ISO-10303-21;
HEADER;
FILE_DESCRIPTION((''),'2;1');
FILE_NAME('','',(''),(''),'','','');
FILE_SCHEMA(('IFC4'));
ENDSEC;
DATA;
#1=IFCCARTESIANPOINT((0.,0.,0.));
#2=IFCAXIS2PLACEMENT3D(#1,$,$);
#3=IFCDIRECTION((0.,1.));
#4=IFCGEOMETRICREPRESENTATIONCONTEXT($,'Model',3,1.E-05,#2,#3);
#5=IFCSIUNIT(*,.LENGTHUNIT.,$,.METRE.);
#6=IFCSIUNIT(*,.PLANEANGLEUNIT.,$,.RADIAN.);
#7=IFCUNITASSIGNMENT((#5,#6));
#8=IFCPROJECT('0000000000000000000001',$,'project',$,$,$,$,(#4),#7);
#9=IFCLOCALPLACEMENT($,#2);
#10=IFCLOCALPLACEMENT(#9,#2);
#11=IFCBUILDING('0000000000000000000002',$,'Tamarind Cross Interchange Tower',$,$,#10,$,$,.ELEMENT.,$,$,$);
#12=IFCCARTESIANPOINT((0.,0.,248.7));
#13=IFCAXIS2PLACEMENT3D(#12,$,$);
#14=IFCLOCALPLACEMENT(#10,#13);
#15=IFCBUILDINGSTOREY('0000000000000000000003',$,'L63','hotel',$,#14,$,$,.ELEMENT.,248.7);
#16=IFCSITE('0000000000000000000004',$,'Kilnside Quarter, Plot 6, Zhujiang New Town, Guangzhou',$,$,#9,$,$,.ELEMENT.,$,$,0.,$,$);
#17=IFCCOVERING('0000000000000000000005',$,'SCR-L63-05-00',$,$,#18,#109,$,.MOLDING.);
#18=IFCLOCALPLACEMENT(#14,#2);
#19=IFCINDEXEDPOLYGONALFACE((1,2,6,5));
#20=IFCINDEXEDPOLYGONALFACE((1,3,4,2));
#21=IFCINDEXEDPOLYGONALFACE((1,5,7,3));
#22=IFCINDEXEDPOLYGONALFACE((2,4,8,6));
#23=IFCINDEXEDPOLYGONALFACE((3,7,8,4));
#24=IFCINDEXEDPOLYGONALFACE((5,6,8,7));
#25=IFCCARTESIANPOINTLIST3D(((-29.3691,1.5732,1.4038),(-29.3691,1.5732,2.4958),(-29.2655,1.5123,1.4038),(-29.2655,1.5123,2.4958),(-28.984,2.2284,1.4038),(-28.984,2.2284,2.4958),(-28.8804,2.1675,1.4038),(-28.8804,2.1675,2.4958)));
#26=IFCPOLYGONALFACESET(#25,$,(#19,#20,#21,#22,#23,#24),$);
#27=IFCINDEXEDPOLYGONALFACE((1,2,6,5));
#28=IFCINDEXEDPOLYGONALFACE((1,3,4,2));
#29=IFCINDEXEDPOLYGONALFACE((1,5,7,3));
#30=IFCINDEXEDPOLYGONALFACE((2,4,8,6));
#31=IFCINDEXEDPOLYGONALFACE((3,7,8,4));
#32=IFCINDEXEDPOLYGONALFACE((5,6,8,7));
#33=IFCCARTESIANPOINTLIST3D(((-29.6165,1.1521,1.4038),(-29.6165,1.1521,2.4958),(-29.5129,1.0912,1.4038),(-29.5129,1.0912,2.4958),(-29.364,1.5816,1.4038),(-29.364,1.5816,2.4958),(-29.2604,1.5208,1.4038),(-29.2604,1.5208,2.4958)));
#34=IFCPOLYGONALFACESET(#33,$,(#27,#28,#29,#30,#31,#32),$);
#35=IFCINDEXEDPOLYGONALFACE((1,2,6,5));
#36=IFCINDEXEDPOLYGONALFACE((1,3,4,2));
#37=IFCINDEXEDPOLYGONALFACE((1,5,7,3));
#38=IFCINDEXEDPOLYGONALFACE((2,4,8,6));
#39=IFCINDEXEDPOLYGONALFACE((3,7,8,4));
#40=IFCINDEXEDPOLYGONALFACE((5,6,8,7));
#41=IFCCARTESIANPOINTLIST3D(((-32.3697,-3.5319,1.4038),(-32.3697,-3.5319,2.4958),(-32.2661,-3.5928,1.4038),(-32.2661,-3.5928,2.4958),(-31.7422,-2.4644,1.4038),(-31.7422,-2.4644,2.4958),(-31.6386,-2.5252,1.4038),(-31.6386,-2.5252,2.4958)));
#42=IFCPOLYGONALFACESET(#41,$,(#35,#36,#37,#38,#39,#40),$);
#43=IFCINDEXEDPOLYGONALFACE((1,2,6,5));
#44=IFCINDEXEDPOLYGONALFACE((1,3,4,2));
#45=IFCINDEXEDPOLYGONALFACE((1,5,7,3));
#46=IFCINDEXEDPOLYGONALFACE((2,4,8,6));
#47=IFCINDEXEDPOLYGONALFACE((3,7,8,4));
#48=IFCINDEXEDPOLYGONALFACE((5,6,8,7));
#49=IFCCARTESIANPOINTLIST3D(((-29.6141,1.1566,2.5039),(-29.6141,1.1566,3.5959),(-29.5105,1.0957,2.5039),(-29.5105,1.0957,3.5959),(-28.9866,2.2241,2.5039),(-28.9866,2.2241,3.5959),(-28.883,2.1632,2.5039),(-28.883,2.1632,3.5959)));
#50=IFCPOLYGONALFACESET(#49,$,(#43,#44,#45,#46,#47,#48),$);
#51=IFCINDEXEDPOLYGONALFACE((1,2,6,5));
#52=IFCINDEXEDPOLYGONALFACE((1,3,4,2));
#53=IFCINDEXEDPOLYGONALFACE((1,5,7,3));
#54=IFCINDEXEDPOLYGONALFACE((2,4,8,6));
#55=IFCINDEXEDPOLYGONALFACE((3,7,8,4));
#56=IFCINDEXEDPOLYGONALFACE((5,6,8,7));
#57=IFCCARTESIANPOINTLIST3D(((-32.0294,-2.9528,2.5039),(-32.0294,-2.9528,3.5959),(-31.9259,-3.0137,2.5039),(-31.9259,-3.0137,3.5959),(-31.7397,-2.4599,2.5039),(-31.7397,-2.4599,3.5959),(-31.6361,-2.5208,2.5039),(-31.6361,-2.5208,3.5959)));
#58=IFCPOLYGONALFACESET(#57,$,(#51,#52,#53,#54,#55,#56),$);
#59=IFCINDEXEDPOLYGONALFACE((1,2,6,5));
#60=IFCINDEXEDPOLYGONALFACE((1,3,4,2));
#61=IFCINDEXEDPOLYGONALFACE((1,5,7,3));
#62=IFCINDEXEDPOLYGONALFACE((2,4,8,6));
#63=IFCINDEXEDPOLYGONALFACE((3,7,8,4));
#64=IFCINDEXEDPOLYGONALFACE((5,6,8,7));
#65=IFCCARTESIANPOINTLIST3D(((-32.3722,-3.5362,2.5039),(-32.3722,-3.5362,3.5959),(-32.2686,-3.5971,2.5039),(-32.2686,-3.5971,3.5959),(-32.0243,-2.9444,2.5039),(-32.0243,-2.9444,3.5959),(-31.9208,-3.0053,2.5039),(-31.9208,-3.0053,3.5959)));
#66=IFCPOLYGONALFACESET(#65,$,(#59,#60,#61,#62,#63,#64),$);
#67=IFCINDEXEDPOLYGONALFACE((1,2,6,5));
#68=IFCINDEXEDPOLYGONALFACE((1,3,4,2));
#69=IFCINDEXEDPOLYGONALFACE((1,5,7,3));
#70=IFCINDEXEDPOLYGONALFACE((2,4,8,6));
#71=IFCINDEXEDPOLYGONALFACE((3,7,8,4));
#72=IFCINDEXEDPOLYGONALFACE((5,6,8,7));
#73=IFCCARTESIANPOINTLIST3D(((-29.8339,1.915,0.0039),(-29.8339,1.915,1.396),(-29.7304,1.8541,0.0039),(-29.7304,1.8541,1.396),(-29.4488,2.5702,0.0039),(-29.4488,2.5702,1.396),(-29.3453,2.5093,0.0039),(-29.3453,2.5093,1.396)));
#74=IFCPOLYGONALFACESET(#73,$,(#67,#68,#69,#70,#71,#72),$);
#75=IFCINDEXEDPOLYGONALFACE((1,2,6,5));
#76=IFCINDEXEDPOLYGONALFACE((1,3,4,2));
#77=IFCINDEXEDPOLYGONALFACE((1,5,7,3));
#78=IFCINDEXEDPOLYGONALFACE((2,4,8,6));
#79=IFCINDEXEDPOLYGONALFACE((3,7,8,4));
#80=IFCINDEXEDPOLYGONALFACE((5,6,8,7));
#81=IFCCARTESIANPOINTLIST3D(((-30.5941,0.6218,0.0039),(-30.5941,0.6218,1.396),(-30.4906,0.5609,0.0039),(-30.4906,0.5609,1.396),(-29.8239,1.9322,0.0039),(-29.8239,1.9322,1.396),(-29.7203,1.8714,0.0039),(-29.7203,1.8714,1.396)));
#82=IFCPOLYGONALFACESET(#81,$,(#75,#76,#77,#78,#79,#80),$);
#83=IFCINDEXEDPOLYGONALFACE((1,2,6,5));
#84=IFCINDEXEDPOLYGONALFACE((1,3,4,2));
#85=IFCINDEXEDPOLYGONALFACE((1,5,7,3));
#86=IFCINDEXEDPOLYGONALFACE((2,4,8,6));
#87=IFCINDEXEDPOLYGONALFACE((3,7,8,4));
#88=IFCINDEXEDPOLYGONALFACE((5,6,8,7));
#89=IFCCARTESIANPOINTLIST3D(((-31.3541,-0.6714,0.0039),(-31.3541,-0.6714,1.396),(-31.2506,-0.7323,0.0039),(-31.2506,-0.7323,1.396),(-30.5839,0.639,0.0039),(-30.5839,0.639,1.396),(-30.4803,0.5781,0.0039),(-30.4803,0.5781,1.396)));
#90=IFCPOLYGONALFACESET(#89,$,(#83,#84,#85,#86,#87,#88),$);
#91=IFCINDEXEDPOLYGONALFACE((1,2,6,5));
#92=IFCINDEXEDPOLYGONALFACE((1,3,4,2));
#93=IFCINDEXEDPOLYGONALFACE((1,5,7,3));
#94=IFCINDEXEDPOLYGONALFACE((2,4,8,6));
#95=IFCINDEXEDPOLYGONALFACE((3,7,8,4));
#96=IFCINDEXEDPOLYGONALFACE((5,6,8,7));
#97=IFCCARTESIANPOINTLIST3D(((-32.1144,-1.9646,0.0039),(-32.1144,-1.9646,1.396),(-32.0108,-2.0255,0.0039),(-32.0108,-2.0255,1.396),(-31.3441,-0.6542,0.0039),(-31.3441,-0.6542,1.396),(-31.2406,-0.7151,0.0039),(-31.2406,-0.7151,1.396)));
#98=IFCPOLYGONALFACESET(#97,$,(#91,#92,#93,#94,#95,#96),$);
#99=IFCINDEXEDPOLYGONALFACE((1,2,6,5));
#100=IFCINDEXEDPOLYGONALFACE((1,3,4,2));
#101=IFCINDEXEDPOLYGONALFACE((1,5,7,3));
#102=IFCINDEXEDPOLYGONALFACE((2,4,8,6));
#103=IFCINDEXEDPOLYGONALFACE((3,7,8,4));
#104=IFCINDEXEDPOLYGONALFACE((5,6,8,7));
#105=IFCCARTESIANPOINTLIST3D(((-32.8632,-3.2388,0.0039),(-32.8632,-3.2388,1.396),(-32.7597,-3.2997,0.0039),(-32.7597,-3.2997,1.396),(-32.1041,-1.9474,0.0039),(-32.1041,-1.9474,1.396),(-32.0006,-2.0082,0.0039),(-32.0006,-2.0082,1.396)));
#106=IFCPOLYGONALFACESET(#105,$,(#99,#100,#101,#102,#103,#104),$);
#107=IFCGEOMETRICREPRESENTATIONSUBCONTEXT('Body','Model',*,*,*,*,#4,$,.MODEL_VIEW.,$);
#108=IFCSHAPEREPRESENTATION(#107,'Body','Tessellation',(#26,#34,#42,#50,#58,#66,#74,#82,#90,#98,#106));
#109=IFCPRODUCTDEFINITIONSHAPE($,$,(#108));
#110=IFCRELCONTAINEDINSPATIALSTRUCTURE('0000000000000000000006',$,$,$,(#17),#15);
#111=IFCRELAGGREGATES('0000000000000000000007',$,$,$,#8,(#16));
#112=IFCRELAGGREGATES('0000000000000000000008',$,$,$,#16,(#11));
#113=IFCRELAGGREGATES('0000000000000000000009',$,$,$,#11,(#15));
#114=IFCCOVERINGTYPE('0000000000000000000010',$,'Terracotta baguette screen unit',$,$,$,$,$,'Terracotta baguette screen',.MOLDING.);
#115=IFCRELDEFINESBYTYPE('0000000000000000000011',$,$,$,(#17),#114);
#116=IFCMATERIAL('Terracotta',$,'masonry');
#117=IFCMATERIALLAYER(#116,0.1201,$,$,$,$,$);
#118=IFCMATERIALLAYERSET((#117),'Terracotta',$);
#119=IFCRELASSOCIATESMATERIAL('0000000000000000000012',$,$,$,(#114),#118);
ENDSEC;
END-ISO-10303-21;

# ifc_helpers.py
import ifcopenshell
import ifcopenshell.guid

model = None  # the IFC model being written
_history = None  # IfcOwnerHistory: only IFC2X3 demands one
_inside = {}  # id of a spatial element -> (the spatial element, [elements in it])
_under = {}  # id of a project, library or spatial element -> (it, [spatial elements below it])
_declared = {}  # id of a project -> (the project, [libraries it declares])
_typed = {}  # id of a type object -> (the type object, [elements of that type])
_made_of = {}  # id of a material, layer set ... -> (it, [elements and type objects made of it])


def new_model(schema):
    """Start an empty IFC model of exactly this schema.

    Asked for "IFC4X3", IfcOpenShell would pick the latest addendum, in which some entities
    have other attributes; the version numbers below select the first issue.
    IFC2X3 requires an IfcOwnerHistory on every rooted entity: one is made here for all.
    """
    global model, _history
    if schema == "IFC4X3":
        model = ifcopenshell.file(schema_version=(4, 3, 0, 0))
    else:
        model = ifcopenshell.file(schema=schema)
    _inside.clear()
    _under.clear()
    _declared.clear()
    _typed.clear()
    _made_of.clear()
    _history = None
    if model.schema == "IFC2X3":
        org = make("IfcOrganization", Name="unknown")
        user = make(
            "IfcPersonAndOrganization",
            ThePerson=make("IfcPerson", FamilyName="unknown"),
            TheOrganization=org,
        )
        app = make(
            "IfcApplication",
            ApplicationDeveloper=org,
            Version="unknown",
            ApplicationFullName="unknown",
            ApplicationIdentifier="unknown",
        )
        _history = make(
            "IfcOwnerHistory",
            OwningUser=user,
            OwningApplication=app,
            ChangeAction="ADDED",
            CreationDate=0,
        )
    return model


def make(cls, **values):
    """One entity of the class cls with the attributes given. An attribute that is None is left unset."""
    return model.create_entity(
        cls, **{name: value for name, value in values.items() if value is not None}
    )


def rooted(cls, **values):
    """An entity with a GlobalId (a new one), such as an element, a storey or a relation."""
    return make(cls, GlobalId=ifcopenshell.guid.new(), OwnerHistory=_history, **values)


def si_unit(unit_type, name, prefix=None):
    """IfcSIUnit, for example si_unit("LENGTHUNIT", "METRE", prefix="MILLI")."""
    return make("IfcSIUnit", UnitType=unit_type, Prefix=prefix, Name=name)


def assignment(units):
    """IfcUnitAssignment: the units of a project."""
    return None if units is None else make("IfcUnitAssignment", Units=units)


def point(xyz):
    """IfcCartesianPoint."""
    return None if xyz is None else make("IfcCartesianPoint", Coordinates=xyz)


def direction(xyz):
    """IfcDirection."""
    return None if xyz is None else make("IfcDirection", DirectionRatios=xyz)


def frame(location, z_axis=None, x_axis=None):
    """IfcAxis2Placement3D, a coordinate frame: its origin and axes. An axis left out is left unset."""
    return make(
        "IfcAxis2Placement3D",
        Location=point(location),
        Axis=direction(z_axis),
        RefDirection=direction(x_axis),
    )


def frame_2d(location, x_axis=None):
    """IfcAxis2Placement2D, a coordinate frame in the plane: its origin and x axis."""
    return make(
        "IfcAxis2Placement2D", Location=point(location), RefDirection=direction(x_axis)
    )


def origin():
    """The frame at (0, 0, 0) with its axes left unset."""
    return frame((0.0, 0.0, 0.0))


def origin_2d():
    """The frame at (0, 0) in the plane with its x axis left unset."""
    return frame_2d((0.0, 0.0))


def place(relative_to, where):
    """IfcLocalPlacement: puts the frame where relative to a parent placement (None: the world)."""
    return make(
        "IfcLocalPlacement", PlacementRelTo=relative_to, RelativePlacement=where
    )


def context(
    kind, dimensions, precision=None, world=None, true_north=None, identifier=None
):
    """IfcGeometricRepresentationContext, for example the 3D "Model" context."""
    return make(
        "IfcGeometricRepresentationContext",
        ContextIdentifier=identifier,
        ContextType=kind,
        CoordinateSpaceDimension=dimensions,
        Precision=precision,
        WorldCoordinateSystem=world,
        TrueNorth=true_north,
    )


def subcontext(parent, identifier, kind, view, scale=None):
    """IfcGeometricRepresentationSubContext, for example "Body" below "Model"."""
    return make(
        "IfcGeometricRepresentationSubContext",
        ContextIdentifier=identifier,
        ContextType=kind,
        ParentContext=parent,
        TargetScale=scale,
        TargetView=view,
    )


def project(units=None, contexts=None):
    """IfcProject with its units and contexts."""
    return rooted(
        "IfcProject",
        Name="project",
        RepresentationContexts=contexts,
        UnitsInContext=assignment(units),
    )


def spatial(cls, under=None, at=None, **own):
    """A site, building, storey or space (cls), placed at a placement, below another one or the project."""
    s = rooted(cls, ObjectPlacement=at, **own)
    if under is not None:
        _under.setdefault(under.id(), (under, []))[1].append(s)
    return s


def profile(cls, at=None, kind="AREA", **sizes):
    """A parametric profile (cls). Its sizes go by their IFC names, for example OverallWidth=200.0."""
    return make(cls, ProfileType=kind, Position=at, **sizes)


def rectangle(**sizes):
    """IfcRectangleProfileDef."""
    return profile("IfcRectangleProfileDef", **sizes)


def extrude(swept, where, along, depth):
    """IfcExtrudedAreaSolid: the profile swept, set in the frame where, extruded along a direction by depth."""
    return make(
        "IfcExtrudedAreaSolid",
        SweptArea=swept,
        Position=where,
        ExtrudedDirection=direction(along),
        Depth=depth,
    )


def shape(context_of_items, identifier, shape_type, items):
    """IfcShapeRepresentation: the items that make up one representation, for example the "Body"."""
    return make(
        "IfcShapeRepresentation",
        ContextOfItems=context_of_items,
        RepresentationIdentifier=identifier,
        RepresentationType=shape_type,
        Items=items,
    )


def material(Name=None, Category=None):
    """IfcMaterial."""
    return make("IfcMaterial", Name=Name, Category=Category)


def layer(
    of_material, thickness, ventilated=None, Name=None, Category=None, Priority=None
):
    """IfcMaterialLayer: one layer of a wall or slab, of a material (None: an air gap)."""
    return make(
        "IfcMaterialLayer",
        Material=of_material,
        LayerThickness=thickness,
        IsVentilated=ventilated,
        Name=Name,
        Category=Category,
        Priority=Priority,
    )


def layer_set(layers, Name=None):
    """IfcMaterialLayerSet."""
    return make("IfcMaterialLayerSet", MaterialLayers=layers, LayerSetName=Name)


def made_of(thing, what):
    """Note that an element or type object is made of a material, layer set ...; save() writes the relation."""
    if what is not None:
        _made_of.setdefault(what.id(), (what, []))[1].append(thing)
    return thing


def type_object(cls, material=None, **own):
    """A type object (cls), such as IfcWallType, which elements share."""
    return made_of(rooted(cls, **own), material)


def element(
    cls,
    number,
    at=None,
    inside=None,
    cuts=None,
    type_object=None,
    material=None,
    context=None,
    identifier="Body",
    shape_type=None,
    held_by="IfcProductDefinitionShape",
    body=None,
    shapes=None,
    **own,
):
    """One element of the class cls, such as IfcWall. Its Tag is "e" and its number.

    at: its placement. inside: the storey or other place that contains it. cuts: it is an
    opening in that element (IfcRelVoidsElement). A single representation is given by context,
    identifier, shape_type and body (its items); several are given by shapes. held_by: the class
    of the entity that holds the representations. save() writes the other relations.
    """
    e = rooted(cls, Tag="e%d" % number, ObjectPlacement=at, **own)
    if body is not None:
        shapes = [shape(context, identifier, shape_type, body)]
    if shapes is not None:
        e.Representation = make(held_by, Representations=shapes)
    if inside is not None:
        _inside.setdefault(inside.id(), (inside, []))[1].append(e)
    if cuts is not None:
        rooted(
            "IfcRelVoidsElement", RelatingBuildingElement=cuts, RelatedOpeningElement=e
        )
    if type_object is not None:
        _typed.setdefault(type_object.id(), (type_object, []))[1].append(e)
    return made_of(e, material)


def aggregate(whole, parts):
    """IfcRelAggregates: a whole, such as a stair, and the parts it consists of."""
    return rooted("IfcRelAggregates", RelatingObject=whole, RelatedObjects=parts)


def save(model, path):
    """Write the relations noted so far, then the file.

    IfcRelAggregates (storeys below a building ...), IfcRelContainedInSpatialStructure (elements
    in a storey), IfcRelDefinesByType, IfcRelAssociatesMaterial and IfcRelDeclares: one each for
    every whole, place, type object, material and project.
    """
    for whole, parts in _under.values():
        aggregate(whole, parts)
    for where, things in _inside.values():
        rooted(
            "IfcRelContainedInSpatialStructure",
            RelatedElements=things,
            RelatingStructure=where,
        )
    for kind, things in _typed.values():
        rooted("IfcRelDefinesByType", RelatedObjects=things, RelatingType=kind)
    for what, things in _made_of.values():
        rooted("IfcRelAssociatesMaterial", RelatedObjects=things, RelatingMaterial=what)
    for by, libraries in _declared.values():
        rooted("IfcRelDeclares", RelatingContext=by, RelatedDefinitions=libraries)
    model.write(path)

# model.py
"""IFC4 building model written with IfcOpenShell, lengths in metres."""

from ifc_helpers import new_model, si_unit, direction, frame, origin, origin_2d, place, context, subcontext, project, spatial, rectangle, extrude, material, layer, layer_set, type_object, element, save


model = new_model("IFC4")

# Units and contexts
model_context = context("Model", 3, precision=1e-05, world=origin(), true_north=direction((0.0, 1.0)))
body_context = subcontext(model_context, "Body", "Model", "MODEL_VIEW")
ifc_project = project(units=[si_unit("LENGTHUNIT", "METRE"), si_unit("PLANEANGLEUNIT", "RADIAN")], contexts=[model_context])

# Site, building, storey
site_placement = place(None, origin())
site = spatial("IfcSite", under=ifc_project, at=site_placement, Name="Kilnside Quarter, Plot 6, Zhujiang New Town, Guangzhou", CompositionType="ELEMENT", RefElevation=0.0)
building_placement = place(site_placement, origin())
building = spatial("IfcBuilding", under=site, at=building_placement, Name="Tamarind Cross Interchange Tower", CompositionType="ELEMENT")
storey_placement = place(building_placement, frame((0.0, 0.0, 248.7)))
storey = spatial("IfcBuildingStorey", under=building, at=storey_placement, Name="L63", Description="hotel", CompositionType="ELEMENT", Elevation=248.7)

# Covering
ifc_material_1 = material(Name="Terracotta", Category="masonry")
ifc_layer_1 = layer(ifc_material_1, 0.1201)
ifc_layer_set_1 = layer_set([ifc_layer_1], Name="Terracotta")
covering_type = type_object("IfcCoveringType", Name="Terracotta baguette screen unit", ElementType="Terracotta baguette screen", PredefinedType="MOLDING", material=ifc_layer_set_1)
covering_1_placement = place(storey_placement, origin())
element("IfcCovering", 1, at=covering_1_placement, inside=storey, type_object=covering_type, Name="SCR-L63-05-00", PredefinedType="MOLDING", context=body_context, shape_type="SweptSolid", body=[
    extrude(rectangle(XDim=0.76, YDim=0.1201, at=origin_2d()), frame((-29.1248, 1.8704, 1.4038), z_axis=(0.0, 0.0, 1.0), x_axis=(-0.506732, -0.862104, 0.0)), (0.0, 0.0, 1.0), 1.092),
    extrude(rectangle(XDim=0.4983, YDim=0.1201, at=origin_2d()), frame((-29.4385, 1.3364, 1.4038), z_axis=(0.0, 0.0, 1.0), x_axis=(-0.506732, -0.862104, 0.0)), (0.0, 0.0, 1.0), 1.092),
    extrude(rectangle(XDim=1.2383, YDim=0.1201, at=origin_2d()), frame((-32.0042, -3.0286, 1.4038), z_axis=(0.0, 0.0, 1.0), x_axis=(-0.506732, -0.862104, 0.0)), (0.0, 0.0, 1.0), 1.092),
    extrude(rectangle(XDim=1.2383, YDim=0.1201, at=origin_2d()), frame((-29.2485, 1.6599, 2.5039), z_axis=(0.0, 0.0, 1.0), x_axis=(-0.506732, -0.862104, 0.0)), (0.0, 0.0, 1.0), 1.092),
    extrude(rectangle(XDim=0.5718, YDim=0.1201, at=origin_2d()), frame((-31.8328, -2.7368, 2.5039), z_axis=(0.0, 0.0, 1.0), x_axis=(-0.506732, -0.862104, 0.0)), (0.0, 0.0, 1.0), 1.092),
    extrude(rectangle(XDim=0.6865, YDim=0.1201, at=origin_2d()), frame((-32.1465, -3.2708, 2.5039), z_axis=(0.0, 0.0, 1.0), x_axis=(-0.506732, -0.862104, 0.0)), (0.0, 0.0, 1.0), 1.092),
    extrude(rectangle(XDim=0.76, YDim=0.1201, at=origin_2d()), frame((-29.5896, 2.2122, 0.0039), z_axis=(0.0, 0.0, 1.0), x_axis=(-0.506732, -0.862104, 0.0)), (0.0, 0.0, 1.0), 1.3921),
    extrude(rectangle(XDim=1.52, YDim=0.1201, at=origin_2d()), frame((-30.1572, 1.2466, 0.0039), z_axis=(0.0, 0.0, 1.0), x_axis=(-0.506732, -0.862104, 0.0)), (0.0, 0.0, 1.0), 1.3921),
    extrude(rectangle(XDim=1.52, YDim=0.1201, at=origin_2d()), frame((-30.9172, -0.0466, 0.0039), z_axis=(0.0, 0.0, 1.0), x_axis=(-0.506732, -0.862104, 0.0)), (0.0, 0.0, 1.0), 1.3921),
    extrude(rectangle(XDim=1.52, YDim=0.1201, at=origin_2d()), frame((-31.6775, -1.3398, 0.0039), z_axis=(0.0, 0.0, 1.0), x_axis=(-0.506732, -0.862104, 0.0)), (0.0, 0.0, 1.0), 1.3921),
    extrude(rectangle(XDim=1.498, YDim=0.1201, at=origin_2d()), frame((-32.4319, -2.6235, 0.0039), z_axis=(0.0, 0.0, 1.0), x_axis=(-0.506732, -0.862104, 0.0)), (0.0, 0.0, 1.0), 1.3921),
])

save(model, "model.ifc")
